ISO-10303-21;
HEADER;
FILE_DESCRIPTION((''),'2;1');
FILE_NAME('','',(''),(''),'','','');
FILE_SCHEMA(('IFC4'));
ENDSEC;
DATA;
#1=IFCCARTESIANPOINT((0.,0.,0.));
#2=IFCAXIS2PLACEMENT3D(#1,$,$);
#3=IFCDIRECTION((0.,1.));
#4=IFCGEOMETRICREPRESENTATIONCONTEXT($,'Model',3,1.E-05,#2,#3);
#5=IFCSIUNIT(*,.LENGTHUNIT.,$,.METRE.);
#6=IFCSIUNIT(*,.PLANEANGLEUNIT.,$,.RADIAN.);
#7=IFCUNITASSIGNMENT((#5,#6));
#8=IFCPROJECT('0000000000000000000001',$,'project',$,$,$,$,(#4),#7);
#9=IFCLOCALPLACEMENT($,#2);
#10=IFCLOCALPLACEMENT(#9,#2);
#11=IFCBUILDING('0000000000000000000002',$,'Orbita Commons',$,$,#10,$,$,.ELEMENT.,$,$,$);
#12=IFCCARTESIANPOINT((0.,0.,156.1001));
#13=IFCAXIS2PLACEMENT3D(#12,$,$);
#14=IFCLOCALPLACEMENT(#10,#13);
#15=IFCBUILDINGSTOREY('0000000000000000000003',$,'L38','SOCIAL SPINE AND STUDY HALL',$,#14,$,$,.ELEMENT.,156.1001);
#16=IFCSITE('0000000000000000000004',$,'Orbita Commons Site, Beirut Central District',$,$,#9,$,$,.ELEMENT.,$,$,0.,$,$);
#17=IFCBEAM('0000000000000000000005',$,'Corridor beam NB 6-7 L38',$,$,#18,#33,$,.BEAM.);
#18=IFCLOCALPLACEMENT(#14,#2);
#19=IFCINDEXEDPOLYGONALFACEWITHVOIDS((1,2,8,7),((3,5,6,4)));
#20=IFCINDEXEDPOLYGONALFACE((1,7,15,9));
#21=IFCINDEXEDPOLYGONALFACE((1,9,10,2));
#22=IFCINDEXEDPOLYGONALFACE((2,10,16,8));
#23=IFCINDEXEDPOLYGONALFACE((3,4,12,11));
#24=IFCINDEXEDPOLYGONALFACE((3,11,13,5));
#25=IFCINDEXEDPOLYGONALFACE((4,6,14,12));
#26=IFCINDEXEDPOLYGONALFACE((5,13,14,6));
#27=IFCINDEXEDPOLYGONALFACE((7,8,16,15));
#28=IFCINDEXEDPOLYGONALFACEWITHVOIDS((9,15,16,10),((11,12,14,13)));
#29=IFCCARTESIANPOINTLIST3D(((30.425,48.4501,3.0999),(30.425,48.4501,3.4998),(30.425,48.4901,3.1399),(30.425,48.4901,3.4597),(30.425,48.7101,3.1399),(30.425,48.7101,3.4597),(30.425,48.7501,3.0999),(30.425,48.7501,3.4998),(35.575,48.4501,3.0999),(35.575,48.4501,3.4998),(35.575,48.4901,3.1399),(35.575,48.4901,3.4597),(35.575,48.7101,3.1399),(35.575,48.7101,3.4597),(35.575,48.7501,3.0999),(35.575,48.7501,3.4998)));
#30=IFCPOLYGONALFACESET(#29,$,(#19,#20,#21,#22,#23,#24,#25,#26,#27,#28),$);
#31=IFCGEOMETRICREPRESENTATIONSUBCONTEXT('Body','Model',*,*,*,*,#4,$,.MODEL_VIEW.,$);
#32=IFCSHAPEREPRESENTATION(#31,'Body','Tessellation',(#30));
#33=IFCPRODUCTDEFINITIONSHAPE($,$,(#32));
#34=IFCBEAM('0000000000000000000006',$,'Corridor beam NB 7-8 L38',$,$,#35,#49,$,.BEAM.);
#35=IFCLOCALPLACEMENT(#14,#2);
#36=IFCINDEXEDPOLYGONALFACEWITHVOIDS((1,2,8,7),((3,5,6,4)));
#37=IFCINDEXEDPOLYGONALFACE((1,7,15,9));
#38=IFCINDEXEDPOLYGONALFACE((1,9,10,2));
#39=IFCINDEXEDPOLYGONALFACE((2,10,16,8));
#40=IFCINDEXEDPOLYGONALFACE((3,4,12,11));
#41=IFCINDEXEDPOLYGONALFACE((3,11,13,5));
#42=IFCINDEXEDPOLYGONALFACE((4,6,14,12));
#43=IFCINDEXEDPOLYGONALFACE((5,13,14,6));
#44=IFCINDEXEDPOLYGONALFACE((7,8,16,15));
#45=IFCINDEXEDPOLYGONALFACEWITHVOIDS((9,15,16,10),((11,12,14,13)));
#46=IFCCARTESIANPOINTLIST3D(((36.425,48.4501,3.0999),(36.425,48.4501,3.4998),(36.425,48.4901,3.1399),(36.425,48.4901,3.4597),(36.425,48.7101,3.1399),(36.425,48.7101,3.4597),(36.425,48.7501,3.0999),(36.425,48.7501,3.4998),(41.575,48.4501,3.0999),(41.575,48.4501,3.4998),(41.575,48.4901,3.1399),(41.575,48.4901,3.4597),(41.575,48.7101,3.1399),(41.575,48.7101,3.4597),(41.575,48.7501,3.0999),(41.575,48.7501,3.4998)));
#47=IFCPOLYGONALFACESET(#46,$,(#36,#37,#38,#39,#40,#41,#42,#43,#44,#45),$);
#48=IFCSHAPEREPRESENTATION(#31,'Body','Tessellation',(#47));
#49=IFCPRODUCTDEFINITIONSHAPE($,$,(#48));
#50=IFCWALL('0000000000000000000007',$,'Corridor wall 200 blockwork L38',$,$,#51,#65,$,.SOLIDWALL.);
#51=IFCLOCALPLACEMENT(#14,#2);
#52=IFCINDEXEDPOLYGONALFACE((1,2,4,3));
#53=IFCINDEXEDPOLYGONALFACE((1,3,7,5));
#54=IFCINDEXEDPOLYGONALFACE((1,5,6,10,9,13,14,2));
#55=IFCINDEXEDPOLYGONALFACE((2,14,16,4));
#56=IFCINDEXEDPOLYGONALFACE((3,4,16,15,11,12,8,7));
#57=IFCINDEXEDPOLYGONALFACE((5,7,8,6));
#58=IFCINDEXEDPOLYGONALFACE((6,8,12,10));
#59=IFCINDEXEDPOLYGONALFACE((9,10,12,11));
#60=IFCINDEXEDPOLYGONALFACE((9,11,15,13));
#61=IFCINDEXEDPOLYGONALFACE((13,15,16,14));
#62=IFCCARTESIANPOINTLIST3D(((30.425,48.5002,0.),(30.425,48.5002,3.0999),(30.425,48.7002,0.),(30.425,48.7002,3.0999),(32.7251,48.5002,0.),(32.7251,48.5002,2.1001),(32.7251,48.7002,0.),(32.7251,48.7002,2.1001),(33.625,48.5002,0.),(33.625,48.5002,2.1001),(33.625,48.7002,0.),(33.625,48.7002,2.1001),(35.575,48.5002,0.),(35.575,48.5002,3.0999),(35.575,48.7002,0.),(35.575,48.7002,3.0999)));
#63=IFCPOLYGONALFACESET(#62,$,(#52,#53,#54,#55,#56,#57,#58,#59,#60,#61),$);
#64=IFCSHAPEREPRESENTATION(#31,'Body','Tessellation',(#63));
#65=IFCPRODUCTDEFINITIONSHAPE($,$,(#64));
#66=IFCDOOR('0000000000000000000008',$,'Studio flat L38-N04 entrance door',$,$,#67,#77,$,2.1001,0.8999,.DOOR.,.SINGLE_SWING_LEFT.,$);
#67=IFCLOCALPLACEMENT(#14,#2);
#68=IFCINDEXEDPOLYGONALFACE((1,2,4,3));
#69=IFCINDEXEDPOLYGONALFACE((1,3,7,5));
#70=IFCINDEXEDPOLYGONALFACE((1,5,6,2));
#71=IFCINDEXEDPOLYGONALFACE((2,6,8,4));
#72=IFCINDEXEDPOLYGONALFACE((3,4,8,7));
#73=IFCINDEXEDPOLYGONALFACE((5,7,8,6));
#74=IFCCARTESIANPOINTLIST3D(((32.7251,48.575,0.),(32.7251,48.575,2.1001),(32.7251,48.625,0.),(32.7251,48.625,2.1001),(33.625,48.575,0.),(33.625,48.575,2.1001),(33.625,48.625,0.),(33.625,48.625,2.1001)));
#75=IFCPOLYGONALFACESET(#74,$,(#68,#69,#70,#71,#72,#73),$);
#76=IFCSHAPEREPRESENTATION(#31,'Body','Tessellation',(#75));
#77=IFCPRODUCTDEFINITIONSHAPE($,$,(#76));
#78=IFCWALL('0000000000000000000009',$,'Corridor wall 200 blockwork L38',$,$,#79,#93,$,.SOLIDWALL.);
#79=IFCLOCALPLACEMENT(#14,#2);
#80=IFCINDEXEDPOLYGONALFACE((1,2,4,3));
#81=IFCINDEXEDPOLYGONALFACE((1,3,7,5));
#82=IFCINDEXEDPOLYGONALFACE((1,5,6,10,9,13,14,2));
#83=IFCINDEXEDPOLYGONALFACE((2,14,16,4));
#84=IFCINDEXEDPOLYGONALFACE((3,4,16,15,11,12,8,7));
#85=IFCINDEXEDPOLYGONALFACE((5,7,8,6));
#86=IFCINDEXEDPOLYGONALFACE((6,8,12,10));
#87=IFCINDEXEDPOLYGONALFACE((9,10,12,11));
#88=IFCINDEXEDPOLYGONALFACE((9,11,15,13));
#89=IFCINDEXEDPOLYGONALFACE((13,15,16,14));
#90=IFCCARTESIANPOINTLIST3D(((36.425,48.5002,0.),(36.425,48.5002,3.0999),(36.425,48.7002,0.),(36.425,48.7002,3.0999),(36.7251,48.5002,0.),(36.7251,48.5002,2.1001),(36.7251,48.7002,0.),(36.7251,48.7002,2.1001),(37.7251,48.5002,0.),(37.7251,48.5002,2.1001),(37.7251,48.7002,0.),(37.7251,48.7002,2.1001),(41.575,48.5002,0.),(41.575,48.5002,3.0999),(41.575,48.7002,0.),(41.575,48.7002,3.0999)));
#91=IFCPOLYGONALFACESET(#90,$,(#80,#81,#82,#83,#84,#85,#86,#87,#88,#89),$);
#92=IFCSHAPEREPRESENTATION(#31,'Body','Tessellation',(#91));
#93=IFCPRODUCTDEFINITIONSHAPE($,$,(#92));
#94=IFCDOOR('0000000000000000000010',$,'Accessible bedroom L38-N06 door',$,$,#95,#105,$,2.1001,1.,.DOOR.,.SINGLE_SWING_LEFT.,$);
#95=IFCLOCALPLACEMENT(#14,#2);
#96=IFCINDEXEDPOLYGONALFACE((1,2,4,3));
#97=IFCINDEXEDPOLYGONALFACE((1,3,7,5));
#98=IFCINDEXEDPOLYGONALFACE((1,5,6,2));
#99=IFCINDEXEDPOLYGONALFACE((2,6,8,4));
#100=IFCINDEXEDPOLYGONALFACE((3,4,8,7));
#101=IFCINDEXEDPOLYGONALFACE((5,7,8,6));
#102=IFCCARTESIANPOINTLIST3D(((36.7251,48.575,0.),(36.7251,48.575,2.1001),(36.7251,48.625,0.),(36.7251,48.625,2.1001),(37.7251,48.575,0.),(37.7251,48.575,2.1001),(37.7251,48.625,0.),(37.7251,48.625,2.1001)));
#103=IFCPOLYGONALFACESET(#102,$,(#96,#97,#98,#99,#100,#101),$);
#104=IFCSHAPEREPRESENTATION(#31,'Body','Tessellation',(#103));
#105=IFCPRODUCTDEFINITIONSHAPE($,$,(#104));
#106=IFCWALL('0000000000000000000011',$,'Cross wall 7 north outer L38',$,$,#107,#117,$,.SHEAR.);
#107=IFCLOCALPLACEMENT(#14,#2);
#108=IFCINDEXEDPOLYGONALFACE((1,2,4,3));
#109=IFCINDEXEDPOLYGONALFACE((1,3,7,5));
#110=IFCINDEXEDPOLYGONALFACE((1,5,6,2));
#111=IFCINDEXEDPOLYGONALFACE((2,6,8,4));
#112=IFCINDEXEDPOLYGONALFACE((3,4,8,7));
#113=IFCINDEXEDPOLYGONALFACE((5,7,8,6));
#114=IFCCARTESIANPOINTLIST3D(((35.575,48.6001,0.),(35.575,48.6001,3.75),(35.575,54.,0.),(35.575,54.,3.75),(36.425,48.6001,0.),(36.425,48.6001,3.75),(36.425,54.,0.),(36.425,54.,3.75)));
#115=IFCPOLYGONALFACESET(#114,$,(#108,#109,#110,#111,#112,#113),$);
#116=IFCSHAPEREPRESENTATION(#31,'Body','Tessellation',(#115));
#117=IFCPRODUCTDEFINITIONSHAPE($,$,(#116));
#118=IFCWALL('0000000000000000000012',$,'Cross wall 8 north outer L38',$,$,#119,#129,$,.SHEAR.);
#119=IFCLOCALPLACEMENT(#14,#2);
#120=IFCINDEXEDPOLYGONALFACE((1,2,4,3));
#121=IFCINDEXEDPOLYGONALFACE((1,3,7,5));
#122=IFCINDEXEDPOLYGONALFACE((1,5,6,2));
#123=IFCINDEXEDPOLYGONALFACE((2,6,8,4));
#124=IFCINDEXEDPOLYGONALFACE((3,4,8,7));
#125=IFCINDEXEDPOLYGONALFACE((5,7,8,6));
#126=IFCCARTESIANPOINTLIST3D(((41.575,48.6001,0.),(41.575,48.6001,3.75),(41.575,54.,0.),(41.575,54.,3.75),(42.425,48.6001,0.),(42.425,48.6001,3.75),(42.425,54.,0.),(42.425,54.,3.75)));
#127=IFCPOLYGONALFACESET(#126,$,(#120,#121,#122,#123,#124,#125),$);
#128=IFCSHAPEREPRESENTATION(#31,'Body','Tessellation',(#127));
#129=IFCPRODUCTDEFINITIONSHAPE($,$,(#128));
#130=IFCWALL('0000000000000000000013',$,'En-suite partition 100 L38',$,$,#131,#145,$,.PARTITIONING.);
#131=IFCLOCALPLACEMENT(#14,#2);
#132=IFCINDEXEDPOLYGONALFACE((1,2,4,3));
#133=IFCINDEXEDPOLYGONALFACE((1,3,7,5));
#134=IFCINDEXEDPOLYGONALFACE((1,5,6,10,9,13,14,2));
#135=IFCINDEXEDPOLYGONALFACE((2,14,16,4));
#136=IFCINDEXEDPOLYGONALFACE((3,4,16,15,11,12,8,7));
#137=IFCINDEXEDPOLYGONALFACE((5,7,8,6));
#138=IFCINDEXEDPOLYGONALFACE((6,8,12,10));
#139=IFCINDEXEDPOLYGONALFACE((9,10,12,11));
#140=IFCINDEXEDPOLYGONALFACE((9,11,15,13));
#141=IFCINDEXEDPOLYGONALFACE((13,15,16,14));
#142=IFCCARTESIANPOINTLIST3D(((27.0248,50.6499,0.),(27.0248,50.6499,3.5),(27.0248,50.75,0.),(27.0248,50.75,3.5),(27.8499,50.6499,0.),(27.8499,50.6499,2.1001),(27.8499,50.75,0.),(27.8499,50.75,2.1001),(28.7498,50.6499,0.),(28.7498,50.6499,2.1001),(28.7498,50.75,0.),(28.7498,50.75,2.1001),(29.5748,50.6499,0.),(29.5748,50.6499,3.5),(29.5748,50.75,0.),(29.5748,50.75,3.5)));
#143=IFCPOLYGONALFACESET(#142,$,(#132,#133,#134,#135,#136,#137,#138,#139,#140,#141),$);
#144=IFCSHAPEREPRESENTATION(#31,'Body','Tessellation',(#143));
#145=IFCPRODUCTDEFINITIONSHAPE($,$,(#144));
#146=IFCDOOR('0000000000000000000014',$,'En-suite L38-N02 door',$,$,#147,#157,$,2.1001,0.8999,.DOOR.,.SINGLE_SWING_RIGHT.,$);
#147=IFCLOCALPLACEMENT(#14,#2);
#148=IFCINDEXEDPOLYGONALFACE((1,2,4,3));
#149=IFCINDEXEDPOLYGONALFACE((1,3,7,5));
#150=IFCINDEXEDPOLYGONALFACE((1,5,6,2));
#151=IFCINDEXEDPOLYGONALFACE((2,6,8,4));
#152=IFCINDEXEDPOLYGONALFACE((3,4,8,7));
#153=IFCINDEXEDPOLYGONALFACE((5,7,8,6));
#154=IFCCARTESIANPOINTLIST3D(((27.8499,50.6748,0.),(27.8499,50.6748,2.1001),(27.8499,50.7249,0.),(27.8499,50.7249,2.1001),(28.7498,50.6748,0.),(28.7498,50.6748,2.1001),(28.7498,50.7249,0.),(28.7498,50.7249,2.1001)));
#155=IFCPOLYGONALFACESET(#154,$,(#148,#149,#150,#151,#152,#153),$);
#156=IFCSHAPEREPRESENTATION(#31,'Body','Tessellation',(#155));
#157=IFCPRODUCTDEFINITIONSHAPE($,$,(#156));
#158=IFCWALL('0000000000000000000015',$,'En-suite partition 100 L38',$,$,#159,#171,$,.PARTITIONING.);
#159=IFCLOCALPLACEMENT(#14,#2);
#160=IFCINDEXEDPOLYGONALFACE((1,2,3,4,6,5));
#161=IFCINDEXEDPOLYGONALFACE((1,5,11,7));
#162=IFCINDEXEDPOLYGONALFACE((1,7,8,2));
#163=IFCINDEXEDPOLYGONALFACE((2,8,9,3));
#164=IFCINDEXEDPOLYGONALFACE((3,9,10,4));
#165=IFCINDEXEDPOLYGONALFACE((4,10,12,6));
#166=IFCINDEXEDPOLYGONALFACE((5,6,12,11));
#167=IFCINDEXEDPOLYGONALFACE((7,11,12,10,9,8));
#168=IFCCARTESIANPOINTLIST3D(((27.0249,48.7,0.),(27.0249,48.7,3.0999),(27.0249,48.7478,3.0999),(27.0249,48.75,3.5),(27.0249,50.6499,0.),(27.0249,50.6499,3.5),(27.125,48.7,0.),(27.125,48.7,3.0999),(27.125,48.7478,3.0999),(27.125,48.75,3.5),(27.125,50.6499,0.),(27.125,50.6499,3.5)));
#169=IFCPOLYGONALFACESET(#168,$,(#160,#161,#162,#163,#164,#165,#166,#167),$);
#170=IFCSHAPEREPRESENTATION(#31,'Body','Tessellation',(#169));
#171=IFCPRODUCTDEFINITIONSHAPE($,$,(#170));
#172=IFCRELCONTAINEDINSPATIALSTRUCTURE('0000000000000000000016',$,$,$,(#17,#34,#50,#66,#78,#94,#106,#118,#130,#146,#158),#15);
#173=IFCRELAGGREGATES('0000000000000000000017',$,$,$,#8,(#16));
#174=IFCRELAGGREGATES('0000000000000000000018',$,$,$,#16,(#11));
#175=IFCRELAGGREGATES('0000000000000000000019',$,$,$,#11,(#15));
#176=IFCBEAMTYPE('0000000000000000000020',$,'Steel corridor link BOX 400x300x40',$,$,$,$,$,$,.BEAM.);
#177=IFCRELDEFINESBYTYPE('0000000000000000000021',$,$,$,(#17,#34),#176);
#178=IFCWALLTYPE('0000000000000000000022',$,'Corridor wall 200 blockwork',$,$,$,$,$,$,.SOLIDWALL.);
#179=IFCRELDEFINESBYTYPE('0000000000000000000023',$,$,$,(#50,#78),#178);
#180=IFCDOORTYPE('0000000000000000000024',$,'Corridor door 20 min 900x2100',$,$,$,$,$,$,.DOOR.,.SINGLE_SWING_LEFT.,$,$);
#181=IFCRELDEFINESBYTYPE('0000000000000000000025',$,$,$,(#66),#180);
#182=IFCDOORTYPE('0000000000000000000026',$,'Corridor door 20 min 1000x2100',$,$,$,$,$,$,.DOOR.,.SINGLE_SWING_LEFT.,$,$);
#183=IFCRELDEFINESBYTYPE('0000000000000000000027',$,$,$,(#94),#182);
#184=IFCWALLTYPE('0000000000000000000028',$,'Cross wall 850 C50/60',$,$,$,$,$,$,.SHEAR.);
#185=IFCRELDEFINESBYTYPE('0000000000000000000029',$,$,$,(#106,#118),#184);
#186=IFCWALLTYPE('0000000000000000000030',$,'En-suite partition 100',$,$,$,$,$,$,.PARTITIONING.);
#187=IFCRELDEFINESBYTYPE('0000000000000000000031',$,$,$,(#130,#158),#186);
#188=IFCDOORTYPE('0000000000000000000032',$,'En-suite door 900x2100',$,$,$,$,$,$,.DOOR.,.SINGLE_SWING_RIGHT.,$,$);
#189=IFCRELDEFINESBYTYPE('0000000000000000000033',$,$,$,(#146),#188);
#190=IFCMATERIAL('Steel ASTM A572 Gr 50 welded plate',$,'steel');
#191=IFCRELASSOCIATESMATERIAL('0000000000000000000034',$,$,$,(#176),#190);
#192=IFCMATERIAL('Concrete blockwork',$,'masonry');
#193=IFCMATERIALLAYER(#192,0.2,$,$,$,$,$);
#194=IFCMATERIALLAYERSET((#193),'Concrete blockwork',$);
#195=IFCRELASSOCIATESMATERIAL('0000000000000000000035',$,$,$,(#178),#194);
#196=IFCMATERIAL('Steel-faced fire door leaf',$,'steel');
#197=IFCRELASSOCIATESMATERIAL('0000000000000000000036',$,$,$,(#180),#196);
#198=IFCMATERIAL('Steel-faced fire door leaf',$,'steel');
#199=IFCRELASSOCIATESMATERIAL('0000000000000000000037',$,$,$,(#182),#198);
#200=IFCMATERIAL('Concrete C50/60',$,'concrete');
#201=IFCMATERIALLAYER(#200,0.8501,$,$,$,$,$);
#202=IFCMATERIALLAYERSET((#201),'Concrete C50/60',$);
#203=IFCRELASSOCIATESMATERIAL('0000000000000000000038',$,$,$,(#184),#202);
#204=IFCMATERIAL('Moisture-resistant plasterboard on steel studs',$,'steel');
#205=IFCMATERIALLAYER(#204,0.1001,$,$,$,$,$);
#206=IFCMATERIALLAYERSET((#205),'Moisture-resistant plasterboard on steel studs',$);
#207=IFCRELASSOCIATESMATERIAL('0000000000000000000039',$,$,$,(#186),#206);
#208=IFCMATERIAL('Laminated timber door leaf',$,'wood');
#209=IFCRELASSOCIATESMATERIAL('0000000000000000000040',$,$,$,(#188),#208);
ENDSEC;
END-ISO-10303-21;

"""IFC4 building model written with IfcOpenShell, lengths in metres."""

from ifc_helpers import new_model, si_unit, direction, frame, frame_2d, origin, origin_2d, place, context, subcontext, project, spatial, polyline, rectangle, hollow_rectangle, outline, extrude, material, layer, layer_set, material_profile, profile_set, type_object, element, fill, save


model = new_model("IFC4")

# Units and contexts
model_context = context("Model", 3, precision=1e-05, world=origin(), true_north=direction((0.0, 1.0)))
body_context = subcontext(model_context, "Body", "Model", "MODEL_VIEW")
ifc_project = project(units=[si_unit("LENGTHUNIT", "METRE"), si_unit("PLANEANGLEUNIT", "RADIAN")], contexts=[model_context])

# Site, building, storey
site_placement = place(None, origin())
site = spatial("IfcSite", under=ifc_project, at=site_placement, Name="Orbita Commons Site, Beirut Central District", CompositionType="ELEMENT", RefElevation=0.0)
building_placement = place(site_placement, origin())
building = spatial("IfcBuilding", under=site, at=building_placement, Name="Orbita Commons", CompositionType="ELEMENT")
storey_placement = place(building_placement, frame((0.0, 0.0, 156.1001)))
storey = spatial("IfcBuildingStorey", under=building, at=storey_placement, Name="L38", Description="SOCIAL SPINE AND STUDY HALL", CompositionType="ELEMENT", Elevation=156.1001)

# Beams
ifc_material_1 = material(Name="Steel ASTM A572 Gr 50 welded plate", Category="steel")
ifc_material_profile = material_profile(ifc_material_1, hollow_rectangle(XDim=0.3, YDim=0.3999, WallThickness=0.04, at=origin_2d()), Name="BOX 400x300x40")
ifc_profile_set = profile_set([ifc_material_profile], Name="Steel ASTM A572 Gr 50 welded plate")
beam_type = type_object("IfcBeamType", Name="Steel corridor link BOX 400x300x40", PredefinedType="BEAM", material=ifc_profile_set)
for number, where, z_axis, x_axis, name in (
    (1, (30.425, 48.6001, 3.2998), (1.0, 0.0, 0.0), (0.0, 1.0, 0.0), "Corridor beam NB 6-7 L38"),
    (2, (36.425, 48.6001, 3.2998), (1.0, 0.0, 0.0), (0.0, 1.0, 0.0), "Corridor beam NB 7-8 L38"),
):
    element("IfcBeam", number, at=place(storey_placement, frame(where, z_axis=z_axis, x_axis=x_axis)), inside=storey, type_object=beam_type, Name=name, PredefinedType="BEAM", context=body_context, shape_type="SweptSolid", body=[
        extrude(hollow_rectangle(XDim=0.3, YDim=0.3999, WallThickness=0.04, at=origin_2d()), origin(), (0.0, 0.0, 1.0), 5.1499),
    ])

# Walls, openings, doors
ifc_material_2 = material(Name="Concrete blockwork", Category="masonry")
ifc_layer_1 = layer(ifc_material_2, 0.2)
ifc_layer_set_1 = layer_set([ifc_layer_1], Name="Concrete blockwork")
wall_type_1 = type_object("IfcWallType", Name="Corridor wall 200 blockwork", PredefinedType="SOLIDWALL", material=ifc_layer_set_1)
wall_1_placement = place(storey_placement, frame((30.425, 48.6001, 0.0), z_axis=(0.0, 0.0, 1.0), x_axis=(1.0, 0.0, 0.0)))
wall_1 = element("IfcWall", 3, at=wall_1_placement, inside=storey, type_object=wall_type_1, Name="Corridor wall 200 blockwork L38", PredefinedType="SOLIDWALL", context=body_context, shape_type="SweptSolid", body=[
    extrude(outline(polyline([(0.0, 0.0), (5.1499, 0.0), (5.1499, 3.0999), (0.0, 3.0999), (0.0, 0.0)])), frame((0.0, 0.1001, 0.0), z_axis=(0.0, -1.0, 0.0), x_axis=(1.0, 0.0, 0.0)), (0.0, 0.0, 1.0), 0.2),
])
opening_1_placement = place(wall_1_placement, frame((2.3, 0.0, 0.0)))
opening_1 = element("IfcOpeningElement", 4, at=opening_1_placement, cuts=wall_1, PredefinedType="OPENING", context=body_context, shape_type="SweptSolid", body=[
    extrude(rectangle(XDim=0.8999, YDim=2.1001, at=frame_2d((0.45, 1.05))), frame((0.0, 0.1099, 0.0), z_axis=(0.0, -1.0, 0.0), x_axis=(1.0, 0.0, 0.0)), (0.0, 0.0, 1.0), 0.22),
])
ifc_material_3 = material(Name="Steel-faced fire door leaf", Category="steel")
door_type_1 = type_object("IfcDoorType", Name="Corridor door 20 min 900x2100", OperationType="SINGLE_SWING_LEFT", PredefinedType="DOOR", material=ifc_material_3)
door_1_placement = place(opening_1_placement, origin())
door_1 = element("IfcDoor", 5, at=door_1_placement, inside=storey, type_object=door_type_1, Name="Studio flat L38-N04 entrance door", OperationType="SINGLE_SWING_LEFT", OverallHeight=2.1001, OverallWidth=0.8999, PredefinedType="DOOR", context=body_context, shape_type="SweptSolid", body=[
    extrude(rectangle(XDim=0.8999, YDim=2.1001, at=frame_2d((0.45, 1.05))), frame((0.0, 0.0249, 0.0), z_axis=(0.0, -1.0, 0.0), x_axis=(1.0, 0.0, 0.0)), (0.0, 0.0, 1.0), 0.05),
])
fill(opening_1, door_1)
wall_2_placement = place(storey_placement, frame((36.425, 48.6001, 0.0), z_axis=(0.0, 0.0, 1.0), x_axis=(1.0, 0.0, 0.0)))
wall_2 = element("IfcWall", 6, at=wall_2_placement, inside=storey, type_object=wall_type_1, Name="Corridor wall 200 blockwork L38", PredefinedType="SOLIDWALL", context=body_context, shape_type="SweptSolid", body=[
    extrude(outline(polyline([(0.0, 0.0), (5.1499, 0.0), (5.1499, 3.0999), (0.0, 3.0999), (0.0, 0.0)])), frame((0.0, 0.1001, 0.0), z_axis=(0.0, -1.0, 0.0), x_axis=(1.0, 0.0, 0.0)), (0.0, 0.0, 1.0), 0.2),
])
opening_2_placement = place(wall_2_placement, frame((0.3, 0.0, 0.0)))
opening_2 = element("IfcOpeningElement", 7, at=opening_2_placement, cuts=wall_2, PredefinedType="OPENING", context=body_context, shape_type="SweptSolid", body=[
    extrude(rectangle(XDim=1.0, YDim=2.1001, at=frame_2d((0.5, 1.05))), frame((0.0, 0.1099, 0.0), z_axis=(0.0, -1.0, 0.0), x_axis=(1.0, 0.0, 0.0)), (0.0, 0.0, 1.0), 0.22),
])
ifc_material_4 = material(Name="Steel-faced fire door leaf", Category="steel")
door_type_2 = type_object("IfcDoorType", Name="Corridor door 20 min 1000x2100", OperationType="SINGLE_SWING_LEFT", PredefinedType="DOOR", material=ifc_material_4)
door_2_placement = place(opening_2_placement, origin())
door_2 = element("IfcDoor", 8, at=door_2_placement, inside=storey, type_object=door_type_2, Name="Accessible bedroom L38-N06 door", OperationType="SINGLE_SWING_LEFT", OverallHeight=2.1001, OverallWidth=1.0, PredefinedType="DOOR", context=body_context, shape_type="SweptSolid", body=[
    extrude(rectangle(XDim=1.0, YDim=2.1001, at=frame_2d((0.5, 1.05))), frame((0.0, 0.0249, 0.0), z_axis=(0.0, -1.0, 0.0), x_axis=(1.0, 0.0, 0.0)), (0.0, 0.0, 1.0), 0.05),
])
fill(opening_2, door_2)

# Walls
ifc_material_5 = material(Name="Concrete C50/60", Category="concrete")
ifc_layer_2 = layer(ifc_material_5, 0.8501)
ifc_layer_set_2 = layer_set([ifc_layer_2], Name="Concrete C50/60")
wall_type_2 = type_object("IfcWallType", Name="Cross wall 850 C50/60", PredefinedType="SHEAR", material=ifc_layer_set_2)
for number, where, z_axis, x_axis, name in (
    (9, (36.0, 48.6001, 0.0), (0.0, 0.0, 1.0), (0.0, 1.0, 0.0), "Cross wall 7 north outer L38"),
    (10, (42.0, 48.6001, 0.0), (0.0, 0.0, 1.0), (0.0, 1.0, 0.0), "Cross wall 8 north outer L38"),
):
    element("IfcWall", number, at=place(storey_placement, frame(where, z_axis=z_axis, x_axis=x_axis)), inside=storey, type_object=wall_type_2, Name=name, PredefinedType="SHEAR", context=body_context, shape_type="SweptSolid", body=[
        extrude(rectangle(XDim=5.3999, YDim=0.8501, at=frame_2d((2.7, 0.0))), origin(), (0.0, 0.0, 1.0), 3.75),
    ])

# Wall, opening, door
ifc_material_6 = material(Name="Moisture-resistant plasterboard on steel studs", Category="steel")
ifc_layer_3 = layer(ifc_material_6, 0.1001)
ifc_layer_set_3 = layer_set([ifc_layer_3], Name="Moisture-resistant plasterboard on steel studs")
wall_type_3 = type_object("IfcWallType", Name="En-suite partition 100", PredefinedType="PARTITIONING", material=ifc_layer_set_3)
wall_3_placement = place(storey_placement, frame((27.0249, 50.7, 0.0), z_axis=(0.0, 0.0, 1.0), x_axis=(1.0, 0.0, 0.0)))
wall_3 = element("IfcWall", 11, at=wall_3_placement, inside=storey, type_object=wall_type_3, Name="En-suite partition 100 L38", PredefinedType="PARTITIONING", context=body_context, shape_type="SweptSolid", body=[
    extrude(rectangle(XDim=2.55, YDim=0.1001, at=frame_2d((1.2749, 0.0))), origin(), (0.0, 0.0, 1.0), 3.5),
])
opening_3_placement = place(wall_3_placement, frame((0.825, 0.0, 0.0)))
opening_3 = element("IfcOpeningElement", 12, at=opening_3_placement, cuts=wall_3, PredefinedType="OPENING", context=body_context, shape_type="SweptSolid", body=[
    extrude(rectangle(XDim=0.8999, YDim=2.1001, at=frame_2d((0.45, 1.05))), frame((0.0, 0.0601, 0.0), z_axis=(0.0, -1.0, 0.0), x_axis=(1.0, 0.0, 0.0)), (0.0, 0.0, 1.0), 0.1201),
])
ifc_material_7 = material(Name="Laminated timber door leaf", Category="wood")
door_type_3 = type_object("IfcDoorType", Name="En-suite door 900x2100", OperationType="SINGLE_SWING_RIGHT", PredefinedType="DOOR", material=ifc_material_7)
door_3_placement = place(opening_3_placement, origin())
door_3 = element("IfcDoor", 13, at=door_3_placement, inside=storey, type_object=door_type_3, Name="En-suite L38-N02 door", OperationType="SINGLE_SWING_RIGHT", OverallHeight=2.1001, OverallWidth=0.8999, PredefinedType="DOOR", context=body_context, shape_type="SweptSolid", body=[
    extrude(rectangle(XDim=0.8999, YDim=2.1001, at=frame_2d((0.45, 1.05))), frame((0.0, 0.0249, 0.0), z_axis=(0.0, -1.0, 0.0), x_axis=(1.0, 0.0, 0.0)), (0.0, 0.0, 1.0), 0.05),
])
fill(opening_3, door_3)

# Wall
wall_4_placement = place(storey_placement, frame((27.075, 50.6499, 0.0), z_axis=(0.0, 0.0, 1.0), x_axis=(0.0, -1.0, 0.0)))
element("IfcWall", 14, at=wall_4_placement, inside=storey, type_object=wall_type_3, Name="En-suite partition 100 L38", PredefinedType="PARTITIONING", context=body_context, shape_type="SweptSolid", body=[
    extrude(outline(polyline([(0.0, 0.0), (1.95, 0.0), (1.95, 3.0999), (1.9021, 3.0999), (1.8999, 3.5), (0.0, 3.5), (0.0, 0.0)])), frame((0.0, 0.05, 0.0), z_axis=(0.0, -1.0, 0.0), x_axis=(1.0, 0.0, 0.0)), (0.0, 0.0, 1.0), 0.1001),
])

save(model, "model.ifc")
